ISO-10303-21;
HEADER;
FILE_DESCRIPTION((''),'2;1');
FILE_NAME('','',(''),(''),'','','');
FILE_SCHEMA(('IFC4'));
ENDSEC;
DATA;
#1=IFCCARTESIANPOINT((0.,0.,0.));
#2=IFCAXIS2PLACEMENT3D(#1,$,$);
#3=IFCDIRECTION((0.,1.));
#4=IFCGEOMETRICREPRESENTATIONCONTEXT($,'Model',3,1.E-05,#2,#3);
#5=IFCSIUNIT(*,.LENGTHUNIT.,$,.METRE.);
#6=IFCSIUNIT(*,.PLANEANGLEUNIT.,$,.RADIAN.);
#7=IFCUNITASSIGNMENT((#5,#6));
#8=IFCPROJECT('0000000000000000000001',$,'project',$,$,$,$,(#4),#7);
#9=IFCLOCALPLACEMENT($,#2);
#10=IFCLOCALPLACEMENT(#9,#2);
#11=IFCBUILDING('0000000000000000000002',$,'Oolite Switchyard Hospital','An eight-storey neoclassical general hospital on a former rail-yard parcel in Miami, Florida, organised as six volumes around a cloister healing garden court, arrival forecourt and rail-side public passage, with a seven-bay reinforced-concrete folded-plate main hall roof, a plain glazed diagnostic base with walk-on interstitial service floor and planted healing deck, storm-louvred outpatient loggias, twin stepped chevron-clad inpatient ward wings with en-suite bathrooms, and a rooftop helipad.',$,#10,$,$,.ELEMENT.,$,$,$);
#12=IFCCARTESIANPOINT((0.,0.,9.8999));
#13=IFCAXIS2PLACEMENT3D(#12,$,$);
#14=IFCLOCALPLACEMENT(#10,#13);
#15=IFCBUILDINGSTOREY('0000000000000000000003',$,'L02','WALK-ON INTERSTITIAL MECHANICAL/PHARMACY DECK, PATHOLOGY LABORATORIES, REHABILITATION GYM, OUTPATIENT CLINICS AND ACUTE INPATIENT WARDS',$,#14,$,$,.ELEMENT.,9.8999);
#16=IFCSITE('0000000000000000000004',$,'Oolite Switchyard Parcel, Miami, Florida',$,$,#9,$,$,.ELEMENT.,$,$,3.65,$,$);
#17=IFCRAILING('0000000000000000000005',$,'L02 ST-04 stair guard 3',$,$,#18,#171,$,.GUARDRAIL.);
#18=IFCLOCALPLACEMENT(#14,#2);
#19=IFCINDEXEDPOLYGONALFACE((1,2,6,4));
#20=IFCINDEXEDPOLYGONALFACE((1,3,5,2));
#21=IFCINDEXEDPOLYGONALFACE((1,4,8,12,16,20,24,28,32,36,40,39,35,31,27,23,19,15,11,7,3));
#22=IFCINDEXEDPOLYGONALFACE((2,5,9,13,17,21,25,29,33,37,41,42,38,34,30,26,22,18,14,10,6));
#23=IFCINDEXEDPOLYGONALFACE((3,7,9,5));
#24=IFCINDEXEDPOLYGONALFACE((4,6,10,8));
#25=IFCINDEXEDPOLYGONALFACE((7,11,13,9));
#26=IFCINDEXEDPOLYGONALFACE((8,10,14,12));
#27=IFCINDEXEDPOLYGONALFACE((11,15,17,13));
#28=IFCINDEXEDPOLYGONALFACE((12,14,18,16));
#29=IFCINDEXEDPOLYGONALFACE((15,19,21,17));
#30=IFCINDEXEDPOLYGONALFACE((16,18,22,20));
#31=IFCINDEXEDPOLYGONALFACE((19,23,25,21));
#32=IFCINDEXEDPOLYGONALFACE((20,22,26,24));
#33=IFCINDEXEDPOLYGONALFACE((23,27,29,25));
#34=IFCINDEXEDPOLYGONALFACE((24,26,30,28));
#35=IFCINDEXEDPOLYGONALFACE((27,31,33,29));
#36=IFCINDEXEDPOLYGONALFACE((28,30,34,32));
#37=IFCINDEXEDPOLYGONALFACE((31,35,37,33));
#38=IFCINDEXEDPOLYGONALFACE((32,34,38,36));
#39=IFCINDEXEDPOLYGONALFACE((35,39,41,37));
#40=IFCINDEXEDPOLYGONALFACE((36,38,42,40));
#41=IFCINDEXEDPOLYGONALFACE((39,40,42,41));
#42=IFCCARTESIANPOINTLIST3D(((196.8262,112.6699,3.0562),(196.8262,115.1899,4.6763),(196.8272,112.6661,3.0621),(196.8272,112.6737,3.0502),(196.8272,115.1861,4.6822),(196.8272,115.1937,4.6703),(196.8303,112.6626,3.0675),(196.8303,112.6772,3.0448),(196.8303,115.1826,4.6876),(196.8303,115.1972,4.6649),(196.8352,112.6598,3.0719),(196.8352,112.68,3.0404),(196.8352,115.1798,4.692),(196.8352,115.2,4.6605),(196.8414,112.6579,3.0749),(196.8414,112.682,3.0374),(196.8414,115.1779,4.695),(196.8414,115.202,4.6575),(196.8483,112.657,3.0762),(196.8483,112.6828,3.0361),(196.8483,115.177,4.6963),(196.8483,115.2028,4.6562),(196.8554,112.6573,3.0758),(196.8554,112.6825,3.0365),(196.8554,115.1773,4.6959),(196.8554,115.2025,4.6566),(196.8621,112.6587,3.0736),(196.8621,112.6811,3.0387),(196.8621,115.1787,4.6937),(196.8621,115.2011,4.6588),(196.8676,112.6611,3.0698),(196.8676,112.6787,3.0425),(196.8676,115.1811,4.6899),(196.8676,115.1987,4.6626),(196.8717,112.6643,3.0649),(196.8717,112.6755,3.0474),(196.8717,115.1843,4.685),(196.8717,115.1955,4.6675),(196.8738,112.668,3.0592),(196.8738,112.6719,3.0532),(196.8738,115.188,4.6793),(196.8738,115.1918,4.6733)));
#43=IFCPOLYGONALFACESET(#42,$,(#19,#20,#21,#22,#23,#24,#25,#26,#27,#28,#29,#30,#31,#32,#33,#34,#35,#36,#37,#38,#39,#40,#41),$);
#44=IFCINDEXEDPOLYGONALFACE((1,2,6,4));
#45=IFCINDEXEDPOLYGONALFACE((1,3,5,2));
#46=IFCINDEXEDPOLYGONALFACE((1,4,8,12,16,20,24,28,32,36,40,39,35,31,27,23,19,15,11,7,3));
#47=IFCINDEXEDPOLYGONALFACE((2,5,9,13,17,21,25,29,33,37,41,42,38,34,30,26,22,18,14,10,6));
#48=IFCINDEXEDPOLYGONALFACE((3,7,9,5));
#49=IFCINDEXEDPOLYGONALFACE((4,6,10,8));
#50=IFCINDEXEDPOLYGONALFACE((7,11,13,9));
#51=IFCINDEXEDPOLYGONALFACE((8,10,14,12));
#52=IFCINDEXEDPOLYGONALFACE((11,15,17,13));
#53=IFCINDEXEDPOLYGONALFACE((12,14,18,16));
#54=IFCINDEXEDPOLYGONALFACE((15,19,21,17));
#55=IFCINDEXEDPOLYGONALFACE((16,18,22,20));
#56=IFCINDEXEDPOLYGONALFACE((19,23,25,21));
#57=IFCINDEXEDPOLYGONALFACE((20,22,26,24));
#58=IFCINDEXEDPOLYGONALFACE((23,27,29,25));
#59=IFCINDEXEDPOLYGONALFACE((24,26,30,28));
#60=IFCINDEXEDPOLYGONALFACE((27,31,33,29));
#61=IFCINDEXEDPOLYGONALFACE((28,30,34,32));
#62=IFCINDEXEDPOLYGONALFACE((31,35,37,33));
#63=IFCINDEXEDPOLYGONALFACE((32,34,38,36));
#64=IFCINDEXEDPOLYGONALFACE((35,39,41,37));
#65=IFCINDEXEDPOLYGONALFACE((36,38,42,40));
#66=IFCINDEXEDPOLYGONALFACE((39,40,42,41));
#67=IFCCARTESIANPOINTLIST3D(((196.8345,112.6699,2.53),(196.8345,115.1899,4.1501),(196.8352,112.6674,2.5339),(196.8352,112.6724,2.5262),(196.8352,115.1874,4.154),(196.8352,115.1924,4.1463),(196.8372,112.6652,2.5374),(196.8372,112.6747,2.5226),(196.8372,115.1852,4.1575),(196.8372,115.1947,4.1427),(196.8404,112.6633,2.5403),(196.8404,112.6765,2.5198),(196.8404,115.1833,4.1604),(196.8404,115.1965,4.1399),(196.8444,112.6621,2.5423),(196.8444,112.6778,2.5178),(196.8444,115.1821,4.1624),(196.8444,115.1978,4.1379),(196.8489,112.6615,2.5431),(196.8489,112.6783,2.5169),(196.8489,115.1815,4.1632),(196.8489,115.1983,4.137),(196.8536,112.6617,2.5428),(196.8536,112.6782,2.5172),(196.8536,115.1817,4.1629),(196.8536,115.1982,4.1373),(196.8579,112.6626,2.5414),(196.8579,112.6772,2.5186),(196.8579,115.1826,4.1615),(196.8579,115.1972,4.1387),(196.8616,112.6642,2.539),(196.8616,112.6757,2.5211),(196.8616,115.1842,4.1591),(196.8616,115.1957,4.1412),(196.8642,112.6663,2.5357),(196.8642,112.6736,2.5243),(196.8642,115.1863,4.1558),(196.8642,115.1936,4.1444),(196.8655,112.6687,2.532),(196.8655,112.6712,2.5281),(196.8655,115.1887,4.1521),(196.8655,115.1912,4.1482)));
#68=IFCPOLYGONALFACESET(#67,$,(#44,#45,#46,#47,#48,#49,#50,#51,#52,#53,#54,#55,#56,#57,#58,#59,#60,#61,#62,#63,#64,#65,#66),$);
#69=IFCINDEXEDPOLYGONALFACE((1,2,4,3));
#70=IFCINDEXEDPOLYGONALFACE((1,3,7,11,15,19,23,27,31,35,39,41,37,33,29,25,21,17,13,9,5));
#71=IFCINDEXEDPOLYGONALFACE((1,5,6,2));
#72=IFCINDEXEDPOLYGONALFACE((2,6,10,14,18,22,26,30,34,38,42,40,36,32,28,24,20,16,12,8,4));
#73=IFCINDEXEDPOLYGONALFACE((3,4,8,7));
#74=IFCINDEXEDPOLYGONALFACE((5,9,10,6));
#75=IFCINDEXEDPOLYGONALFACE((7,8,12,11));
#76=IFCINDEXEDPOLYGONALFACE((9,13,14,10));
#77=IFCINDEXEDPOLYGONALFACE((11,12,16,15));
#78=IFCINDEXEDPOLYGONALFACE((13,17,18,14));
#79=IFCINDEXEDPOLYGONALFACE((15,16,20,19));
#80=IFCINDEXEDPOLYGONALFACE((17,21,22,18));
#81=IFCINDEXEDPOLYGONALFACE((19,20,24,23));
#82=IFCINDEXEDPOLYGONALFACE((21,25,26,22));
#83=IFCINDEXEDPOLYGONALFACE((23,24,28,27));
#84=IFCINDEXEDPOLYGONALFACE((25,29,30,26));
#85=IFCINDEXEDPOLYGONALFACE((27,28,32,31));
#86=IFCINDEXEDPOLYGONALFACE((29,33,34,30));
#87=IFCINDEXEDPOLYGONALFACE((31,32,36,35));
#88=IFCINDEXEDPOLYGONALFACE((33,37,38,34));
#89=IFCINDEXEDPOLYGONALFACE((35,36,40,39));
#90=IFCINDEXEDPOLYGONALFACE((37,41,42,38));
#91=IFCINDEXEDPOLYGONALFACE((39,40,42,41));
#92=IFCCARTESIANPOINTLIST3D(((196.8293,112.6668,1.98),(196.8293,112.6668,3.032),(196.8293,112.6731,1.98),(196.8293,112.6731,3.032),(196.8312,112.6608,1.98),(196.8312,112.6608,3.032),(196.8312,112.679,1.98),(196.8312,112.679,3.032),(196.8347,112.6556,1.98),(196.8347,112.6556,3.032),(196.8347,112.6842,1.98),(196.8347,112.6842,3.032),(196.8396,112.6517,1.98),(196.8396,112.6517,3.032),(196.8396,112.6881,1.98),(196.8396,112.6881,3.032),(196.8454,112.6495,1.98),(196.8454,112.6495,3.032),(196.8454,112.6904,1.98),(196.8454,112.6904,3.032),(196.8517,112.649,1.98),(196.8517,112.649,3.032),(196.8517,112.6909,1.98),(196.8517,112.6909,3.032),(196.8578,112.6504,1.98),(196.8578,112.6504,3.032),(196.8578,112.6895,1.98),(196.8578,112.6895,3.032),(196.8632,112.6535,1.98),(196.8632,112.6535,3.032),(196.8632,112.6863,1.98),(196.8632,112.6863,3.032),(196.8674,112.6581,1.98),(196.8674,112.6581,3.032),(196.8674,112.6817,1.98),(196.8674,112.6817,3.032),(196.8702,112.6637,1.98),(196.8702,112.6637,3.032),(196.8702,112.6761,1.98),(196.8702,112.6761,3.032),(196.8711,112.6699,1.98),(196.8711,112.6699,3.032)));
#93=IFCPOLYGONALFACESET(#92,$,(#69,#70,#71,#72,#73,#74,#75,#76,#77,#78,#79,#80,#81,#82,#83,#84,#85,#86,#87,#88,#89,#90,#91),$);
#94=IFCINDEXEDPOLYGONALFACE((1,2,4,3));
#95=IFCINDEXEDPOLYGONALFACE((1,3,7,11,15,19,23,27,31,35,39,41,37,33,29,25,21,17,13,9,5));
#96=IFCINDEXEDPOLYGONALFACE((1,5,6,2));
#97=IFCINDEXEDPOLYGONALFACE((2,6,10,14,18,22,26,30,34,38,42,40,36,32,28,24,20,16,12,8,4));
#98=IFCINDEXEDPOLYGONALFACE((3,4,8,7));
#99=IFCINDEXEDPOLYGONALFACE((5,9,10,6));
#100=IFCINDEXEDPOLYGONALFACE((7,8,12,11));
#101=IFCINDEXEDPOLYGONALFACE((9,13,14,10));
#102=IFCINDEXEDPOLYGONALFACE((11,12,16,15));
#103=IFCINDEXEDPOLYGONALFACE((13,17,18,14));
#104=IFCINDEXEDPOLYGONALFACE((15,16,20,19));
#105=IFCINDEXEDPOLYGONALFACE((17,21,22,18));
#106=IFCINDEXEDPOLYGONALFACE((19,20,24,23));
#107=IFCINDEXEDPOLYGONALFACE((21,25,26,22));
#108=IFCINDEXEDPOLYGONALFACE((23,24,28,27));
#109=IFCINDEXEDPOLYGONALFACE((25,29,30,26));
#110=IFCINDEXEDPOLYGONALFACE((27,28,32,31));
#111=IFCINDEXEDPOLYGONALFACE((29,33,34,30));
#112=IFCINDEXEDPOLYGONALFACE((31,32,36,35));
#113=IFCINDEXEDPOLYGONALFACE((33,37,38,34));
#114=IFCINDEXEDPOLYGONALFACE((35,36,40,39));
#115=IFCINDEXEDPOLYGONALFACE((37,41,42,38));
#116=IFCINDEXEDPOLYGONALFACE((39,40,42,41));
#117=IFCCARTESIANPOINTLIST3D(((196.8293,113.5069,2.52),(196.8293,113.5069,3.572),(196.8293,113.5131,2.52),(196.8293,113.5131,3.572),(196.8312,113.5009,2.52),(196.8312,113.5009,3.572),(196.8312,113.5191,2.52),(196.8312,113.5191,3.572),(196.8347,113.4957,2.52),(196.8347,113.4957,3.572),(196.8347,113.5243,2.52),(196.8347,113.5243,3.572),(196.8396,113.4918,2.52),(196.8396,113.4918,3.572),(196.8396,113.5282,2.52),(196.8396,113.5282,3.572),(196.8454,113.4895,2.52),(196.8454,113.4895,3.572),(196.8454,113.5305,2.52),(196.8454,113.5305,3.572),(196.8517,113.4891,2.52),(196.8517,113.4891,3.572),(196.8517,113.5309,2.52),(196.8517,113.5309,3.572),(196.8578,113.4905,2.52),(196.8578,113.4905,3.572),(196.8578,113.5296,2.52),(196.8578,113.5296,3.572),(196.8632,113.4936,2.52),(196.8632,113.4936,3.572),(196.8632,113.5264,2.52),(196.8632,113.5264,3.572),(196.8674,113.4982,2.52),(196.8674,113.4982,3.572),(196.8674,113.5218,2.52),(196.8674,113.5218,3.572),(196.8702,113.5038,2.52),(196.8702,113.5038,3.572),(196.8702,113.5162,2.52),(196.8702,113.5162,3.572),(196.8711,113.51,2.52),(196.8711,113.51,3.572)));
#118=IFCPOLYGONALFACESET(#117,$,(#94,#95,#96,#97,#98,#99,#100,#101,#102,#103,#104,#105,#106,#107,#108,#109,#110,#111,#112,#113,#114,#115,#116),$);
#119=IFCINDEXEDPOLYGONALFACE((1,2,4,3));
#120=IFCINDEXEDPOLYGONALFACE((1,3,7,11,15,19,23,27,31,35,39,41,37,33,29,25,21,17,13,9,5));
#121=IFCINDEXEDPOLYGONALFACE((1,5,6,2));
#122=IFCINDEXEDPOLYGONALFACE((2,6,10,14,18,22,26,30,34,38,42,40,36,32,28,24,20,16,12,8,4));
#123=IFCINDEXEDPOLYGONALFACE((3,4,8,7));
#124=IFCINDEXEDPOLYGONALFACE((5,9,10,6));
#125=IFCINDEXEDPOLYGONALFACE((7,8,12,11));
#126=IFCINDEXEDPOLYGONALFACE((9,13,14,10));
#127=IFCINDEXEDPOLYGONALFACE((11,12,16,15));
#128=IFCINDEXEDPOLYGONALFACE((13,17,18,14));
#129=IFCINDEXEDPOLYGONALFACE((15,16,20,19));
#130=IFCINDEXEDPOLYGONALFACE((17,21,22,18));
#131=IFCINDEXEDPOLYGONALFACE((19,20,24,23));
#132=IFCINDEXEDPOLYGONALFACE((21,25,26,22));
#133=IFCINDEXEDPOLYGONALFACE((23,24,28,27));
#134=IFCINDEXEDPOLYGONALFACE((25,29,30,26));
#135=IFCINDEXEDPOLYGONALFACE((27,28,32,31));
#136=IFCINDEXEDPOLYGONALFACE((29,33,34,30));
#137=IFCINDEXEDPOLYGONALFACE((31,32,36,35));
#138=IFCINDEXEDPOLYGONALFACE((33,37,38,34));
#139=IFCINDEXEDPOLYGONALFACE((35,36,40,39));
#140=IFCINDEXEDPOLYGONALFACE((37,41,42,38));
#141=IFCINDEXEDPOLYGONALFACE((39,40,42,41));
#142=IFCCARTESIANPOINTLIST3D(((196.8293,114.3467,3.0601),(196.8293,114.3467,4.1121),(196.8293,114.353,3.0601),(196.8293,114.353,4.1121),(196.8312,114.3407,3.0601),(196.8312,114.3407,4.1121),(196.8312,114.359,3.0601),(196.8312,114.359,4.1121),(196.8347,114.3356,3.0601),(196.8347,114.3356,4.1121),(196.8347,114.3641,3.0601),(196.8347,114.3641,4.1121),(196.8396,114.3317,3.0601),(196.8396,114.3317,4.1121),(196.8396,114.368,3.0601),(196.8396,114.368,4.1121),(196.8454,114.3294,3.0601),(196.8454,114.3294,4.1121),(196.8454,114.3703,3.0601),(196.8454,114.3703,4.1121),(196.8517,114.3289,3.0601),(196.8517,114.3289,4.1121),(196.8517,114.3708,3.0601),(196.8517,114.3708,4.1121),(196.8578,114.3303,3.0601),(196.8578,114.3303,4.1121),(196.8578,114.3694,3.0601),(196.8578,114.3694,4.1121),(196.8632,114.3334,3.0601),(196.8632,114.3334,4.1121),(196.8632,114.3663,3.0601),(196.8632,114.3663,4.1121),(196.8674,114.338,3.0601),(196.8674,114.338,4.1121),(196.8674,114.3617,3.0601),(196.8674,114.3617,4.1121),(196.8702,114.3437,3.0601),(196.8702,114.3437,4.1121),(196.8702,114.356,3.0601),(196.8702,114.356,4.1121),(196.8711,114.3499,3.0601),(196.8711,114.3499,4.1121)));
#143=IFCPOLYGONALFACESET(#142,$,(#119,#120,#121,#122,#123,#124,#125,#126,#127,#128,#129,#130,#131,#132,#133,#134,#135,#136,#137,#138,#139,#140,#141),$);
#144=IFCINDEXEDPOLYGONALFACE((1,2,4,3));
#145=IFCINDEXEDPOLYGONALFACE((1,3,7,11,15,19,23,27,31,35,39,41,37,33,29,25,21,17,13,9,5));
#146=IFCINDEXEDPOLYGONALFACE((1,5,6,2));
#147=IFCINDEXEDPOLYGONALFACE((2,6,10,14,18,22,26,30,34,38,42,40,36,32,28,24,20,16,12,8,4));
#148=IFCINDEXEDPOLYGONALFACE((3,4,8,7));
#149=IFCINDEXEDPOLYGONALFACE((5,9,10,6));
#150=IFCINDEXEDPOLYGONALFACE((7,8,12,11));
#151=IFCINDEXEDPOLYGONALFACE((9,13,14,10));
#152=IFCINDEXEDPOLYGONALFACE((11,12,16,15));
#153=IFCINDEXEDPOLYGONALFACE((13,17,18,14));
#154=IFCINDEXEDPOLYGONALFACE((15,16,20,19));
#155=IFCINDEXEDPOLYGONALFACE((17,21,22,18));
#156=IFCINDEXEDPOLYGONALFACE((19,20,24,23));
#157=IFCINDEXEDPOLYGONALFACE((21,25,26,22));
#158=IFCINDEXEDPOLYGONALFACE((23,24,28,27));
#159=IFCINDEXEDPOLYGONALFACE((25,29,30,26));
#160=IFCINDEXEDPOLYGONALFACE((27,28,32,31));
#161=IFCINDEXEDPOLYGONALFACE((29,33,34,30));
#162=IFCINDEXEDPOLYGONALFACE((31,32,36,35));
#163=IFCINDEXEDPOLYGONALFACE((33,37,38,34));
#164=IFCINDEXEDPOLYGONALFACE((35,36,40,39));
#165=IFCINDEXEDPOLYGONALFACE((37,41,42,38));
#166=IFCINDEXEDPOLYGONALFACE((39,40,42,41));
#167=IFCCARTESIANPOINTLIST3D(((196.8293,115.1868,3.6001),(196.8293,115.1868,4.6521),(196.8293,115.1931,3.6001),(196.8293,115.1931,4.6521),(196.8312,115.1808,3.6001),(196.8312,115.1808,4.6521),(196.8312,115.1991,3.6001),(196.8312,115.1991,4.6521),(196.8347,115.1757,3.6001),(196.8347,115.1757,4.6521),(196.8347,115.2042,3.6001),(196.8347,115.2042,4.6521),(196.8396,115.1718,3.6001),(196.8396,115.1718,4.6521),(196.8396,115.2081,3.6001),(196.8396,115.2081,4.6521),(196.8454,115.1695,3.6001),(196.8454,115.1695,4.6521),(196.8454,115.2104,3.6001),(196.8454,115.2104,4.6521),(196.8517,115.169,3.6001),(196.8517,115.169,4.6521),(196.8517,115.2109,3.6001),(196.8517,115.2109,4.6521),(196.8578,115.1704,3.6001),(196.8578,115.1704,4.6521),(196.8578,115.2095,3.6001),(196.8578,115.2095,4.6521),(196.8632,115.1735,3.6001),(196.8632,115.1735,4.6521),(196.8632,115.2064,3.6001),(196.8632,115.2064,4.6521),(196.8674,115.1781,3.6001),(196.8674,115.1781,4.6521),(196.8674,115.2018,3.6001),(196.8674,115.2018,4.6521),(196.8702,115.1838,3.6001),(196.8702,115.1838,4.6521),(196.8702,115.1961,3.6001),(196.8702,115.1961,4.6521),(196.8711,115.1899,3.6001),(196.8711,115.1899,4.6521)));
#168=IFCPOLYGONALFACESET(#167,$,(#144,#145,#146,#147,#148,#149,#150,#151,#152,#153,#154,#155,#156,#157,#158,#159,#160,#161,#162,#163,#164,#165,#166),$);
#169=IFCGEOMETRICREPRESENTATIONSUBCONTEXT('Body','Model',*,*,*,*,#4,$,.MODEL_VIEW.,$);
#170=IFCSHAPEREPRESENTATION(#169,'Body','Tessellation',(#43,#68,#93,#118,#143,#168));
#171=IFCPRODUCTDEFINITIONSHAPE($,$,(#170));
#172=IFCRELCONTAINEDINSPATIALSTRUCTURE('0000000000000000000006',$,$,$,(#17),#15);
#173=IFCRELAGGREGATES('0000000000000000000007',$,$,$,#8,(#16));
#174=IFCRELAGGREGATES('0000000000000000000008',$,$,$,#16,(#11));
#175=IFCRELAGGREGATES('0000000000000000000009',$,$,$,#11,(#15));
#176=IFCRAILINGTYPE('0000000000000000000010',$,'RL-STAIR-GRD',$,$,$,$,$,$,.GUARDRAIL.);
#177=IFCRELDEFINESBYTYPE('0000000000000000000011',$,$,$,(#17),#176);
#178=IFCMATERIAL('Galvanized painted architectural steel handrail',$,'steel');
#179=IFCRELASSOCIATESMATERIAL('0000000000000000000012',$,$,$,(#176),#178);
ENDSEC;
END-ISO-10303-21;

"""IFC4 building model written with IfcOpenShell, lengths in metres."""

from ifc_helpers import new_model, si_unit, direction, frame, origin, origin_2d, place, context, subcontext, project, spatial, circle, extrude, material, type_object, element, save


model = new_model("IFC4")

# Units and contexts
model_context = context("Model", 3, precision=1e-05, world=origin(), true_north=direction((0.0, 1.0)))
body_context = subcontext(model_context, "Body", "Model", "MODEL_VIEW")
ifc_project = project(units=[si_unit("LENGTHUNIT", "METRE"), si_unit("PLANEANGLEUNIT", "RADIAN")], contexts=[model_context])

# Site, building, storey
site_placement = place(None, origin())
site = spatial("IfcSite", under=ifc_project, at=site_placement, Name="Oolite Switchyard Parcel, Miami, Florida", CompositionType="ELEMENT", RefElevation=3.65)
building_placement = place(site_placement, origin())
building = spatial("IfcBuilding", under=site, at=building_placement, Name="Oolite Switchyard Hospital", Description="An eight-storey neoclassical general hospital on a former rail-yard parcel in Miami, Florida, organised as six volumes around a cloister healing garden court, arrival forecourt and rail-side public passage, with a seven-bay reinforced-concrete folded-plate main hall roof, a plain glazed diagnostic base with walk-on interstitial service floor and planted healing deck, storm-louvred outpatient loggias, twin stepped chevron-clad inpatient ward wings with en-suite bathrooms, and a rooftop helipad.", CompositionType="ELEMENT")
storey_placement = place(building_placement, frame((0.0, 0.0, 9.8999)))
storey = spatial("IfcBuildingStorey", under=building, at=storey_placement, Name="L02", Description="WALK-ON INTERSTITIAL MECHANICAL/PHARMACY DECK, PATHOLOGY LABORATORIES, REHABILITATION GYM, OUTPATIENT CLINICS AND ACUTE INPATIENT WARDS", CompositionType="ELEMENT", Elevation=9.8999)

# Railing
ifc_material_1 = material(Name="Galvanized painted architectural steel handrail", Category="steel")
railing_type_1 = type_object("IfcRailingType", Name="RL-STAIR-GRD", PredefinedType="GUARDRAIL", material=ifc_material_1)
railing_1_placement = place(storey_placement, frame((196.8501, 112.6699, 1.98)))
element("IfcRailing", 1, at=railing_1_placement, inside=storey, type_object=railing_type_1, Name="L02 ST-04 stair guard 3", PredefinedType="GUARDRAIL", context=body_context, shape_type="SweptSolid", body=[
    extrude(circle(Radius=0.0239, at=origin_2d()), frame((0.0, 0.0, 1.0762), z_axis=(0.0, 0.841163, 0.540782), x_axis=(-1.0, 0.0, 0.0)), (0.0, 0.0, 1.0), 2.9958),
    extrude(circle(Radius=0.0156, at=origin_2d()), frame((0.0, 0.0, 0.55), z_axis=(0.0, 0.841163, 0.540782), x_axis=(-1.0, 0.0, 0.0)), (0.0, 0.0, 1.0), 2.9958),
    extrude(circle(Radius=0.021, at=origin_2d()), origin(), (0.0, 0.0, 1.0), 1.052),
    extrude(circle(Radius=0.021, at=origin_2d()), frame((0.0, 0.8401, 0.54)), (0.0, 0.0, 1.0), 1.052),
    extrude(circle(Radius=0.021, at=origin_2d()), frame((0.0, 1.6799, 1.0801)), (0.0, 0.0, 1.0), 1.052),
    extrude(circle(Radius=0.021, at=origin_2d()), frame((0.0, 2.52, 1.6201)), (0.0, 0.0, 1.0), 1.052),
])

save(model, "model.ifc")
